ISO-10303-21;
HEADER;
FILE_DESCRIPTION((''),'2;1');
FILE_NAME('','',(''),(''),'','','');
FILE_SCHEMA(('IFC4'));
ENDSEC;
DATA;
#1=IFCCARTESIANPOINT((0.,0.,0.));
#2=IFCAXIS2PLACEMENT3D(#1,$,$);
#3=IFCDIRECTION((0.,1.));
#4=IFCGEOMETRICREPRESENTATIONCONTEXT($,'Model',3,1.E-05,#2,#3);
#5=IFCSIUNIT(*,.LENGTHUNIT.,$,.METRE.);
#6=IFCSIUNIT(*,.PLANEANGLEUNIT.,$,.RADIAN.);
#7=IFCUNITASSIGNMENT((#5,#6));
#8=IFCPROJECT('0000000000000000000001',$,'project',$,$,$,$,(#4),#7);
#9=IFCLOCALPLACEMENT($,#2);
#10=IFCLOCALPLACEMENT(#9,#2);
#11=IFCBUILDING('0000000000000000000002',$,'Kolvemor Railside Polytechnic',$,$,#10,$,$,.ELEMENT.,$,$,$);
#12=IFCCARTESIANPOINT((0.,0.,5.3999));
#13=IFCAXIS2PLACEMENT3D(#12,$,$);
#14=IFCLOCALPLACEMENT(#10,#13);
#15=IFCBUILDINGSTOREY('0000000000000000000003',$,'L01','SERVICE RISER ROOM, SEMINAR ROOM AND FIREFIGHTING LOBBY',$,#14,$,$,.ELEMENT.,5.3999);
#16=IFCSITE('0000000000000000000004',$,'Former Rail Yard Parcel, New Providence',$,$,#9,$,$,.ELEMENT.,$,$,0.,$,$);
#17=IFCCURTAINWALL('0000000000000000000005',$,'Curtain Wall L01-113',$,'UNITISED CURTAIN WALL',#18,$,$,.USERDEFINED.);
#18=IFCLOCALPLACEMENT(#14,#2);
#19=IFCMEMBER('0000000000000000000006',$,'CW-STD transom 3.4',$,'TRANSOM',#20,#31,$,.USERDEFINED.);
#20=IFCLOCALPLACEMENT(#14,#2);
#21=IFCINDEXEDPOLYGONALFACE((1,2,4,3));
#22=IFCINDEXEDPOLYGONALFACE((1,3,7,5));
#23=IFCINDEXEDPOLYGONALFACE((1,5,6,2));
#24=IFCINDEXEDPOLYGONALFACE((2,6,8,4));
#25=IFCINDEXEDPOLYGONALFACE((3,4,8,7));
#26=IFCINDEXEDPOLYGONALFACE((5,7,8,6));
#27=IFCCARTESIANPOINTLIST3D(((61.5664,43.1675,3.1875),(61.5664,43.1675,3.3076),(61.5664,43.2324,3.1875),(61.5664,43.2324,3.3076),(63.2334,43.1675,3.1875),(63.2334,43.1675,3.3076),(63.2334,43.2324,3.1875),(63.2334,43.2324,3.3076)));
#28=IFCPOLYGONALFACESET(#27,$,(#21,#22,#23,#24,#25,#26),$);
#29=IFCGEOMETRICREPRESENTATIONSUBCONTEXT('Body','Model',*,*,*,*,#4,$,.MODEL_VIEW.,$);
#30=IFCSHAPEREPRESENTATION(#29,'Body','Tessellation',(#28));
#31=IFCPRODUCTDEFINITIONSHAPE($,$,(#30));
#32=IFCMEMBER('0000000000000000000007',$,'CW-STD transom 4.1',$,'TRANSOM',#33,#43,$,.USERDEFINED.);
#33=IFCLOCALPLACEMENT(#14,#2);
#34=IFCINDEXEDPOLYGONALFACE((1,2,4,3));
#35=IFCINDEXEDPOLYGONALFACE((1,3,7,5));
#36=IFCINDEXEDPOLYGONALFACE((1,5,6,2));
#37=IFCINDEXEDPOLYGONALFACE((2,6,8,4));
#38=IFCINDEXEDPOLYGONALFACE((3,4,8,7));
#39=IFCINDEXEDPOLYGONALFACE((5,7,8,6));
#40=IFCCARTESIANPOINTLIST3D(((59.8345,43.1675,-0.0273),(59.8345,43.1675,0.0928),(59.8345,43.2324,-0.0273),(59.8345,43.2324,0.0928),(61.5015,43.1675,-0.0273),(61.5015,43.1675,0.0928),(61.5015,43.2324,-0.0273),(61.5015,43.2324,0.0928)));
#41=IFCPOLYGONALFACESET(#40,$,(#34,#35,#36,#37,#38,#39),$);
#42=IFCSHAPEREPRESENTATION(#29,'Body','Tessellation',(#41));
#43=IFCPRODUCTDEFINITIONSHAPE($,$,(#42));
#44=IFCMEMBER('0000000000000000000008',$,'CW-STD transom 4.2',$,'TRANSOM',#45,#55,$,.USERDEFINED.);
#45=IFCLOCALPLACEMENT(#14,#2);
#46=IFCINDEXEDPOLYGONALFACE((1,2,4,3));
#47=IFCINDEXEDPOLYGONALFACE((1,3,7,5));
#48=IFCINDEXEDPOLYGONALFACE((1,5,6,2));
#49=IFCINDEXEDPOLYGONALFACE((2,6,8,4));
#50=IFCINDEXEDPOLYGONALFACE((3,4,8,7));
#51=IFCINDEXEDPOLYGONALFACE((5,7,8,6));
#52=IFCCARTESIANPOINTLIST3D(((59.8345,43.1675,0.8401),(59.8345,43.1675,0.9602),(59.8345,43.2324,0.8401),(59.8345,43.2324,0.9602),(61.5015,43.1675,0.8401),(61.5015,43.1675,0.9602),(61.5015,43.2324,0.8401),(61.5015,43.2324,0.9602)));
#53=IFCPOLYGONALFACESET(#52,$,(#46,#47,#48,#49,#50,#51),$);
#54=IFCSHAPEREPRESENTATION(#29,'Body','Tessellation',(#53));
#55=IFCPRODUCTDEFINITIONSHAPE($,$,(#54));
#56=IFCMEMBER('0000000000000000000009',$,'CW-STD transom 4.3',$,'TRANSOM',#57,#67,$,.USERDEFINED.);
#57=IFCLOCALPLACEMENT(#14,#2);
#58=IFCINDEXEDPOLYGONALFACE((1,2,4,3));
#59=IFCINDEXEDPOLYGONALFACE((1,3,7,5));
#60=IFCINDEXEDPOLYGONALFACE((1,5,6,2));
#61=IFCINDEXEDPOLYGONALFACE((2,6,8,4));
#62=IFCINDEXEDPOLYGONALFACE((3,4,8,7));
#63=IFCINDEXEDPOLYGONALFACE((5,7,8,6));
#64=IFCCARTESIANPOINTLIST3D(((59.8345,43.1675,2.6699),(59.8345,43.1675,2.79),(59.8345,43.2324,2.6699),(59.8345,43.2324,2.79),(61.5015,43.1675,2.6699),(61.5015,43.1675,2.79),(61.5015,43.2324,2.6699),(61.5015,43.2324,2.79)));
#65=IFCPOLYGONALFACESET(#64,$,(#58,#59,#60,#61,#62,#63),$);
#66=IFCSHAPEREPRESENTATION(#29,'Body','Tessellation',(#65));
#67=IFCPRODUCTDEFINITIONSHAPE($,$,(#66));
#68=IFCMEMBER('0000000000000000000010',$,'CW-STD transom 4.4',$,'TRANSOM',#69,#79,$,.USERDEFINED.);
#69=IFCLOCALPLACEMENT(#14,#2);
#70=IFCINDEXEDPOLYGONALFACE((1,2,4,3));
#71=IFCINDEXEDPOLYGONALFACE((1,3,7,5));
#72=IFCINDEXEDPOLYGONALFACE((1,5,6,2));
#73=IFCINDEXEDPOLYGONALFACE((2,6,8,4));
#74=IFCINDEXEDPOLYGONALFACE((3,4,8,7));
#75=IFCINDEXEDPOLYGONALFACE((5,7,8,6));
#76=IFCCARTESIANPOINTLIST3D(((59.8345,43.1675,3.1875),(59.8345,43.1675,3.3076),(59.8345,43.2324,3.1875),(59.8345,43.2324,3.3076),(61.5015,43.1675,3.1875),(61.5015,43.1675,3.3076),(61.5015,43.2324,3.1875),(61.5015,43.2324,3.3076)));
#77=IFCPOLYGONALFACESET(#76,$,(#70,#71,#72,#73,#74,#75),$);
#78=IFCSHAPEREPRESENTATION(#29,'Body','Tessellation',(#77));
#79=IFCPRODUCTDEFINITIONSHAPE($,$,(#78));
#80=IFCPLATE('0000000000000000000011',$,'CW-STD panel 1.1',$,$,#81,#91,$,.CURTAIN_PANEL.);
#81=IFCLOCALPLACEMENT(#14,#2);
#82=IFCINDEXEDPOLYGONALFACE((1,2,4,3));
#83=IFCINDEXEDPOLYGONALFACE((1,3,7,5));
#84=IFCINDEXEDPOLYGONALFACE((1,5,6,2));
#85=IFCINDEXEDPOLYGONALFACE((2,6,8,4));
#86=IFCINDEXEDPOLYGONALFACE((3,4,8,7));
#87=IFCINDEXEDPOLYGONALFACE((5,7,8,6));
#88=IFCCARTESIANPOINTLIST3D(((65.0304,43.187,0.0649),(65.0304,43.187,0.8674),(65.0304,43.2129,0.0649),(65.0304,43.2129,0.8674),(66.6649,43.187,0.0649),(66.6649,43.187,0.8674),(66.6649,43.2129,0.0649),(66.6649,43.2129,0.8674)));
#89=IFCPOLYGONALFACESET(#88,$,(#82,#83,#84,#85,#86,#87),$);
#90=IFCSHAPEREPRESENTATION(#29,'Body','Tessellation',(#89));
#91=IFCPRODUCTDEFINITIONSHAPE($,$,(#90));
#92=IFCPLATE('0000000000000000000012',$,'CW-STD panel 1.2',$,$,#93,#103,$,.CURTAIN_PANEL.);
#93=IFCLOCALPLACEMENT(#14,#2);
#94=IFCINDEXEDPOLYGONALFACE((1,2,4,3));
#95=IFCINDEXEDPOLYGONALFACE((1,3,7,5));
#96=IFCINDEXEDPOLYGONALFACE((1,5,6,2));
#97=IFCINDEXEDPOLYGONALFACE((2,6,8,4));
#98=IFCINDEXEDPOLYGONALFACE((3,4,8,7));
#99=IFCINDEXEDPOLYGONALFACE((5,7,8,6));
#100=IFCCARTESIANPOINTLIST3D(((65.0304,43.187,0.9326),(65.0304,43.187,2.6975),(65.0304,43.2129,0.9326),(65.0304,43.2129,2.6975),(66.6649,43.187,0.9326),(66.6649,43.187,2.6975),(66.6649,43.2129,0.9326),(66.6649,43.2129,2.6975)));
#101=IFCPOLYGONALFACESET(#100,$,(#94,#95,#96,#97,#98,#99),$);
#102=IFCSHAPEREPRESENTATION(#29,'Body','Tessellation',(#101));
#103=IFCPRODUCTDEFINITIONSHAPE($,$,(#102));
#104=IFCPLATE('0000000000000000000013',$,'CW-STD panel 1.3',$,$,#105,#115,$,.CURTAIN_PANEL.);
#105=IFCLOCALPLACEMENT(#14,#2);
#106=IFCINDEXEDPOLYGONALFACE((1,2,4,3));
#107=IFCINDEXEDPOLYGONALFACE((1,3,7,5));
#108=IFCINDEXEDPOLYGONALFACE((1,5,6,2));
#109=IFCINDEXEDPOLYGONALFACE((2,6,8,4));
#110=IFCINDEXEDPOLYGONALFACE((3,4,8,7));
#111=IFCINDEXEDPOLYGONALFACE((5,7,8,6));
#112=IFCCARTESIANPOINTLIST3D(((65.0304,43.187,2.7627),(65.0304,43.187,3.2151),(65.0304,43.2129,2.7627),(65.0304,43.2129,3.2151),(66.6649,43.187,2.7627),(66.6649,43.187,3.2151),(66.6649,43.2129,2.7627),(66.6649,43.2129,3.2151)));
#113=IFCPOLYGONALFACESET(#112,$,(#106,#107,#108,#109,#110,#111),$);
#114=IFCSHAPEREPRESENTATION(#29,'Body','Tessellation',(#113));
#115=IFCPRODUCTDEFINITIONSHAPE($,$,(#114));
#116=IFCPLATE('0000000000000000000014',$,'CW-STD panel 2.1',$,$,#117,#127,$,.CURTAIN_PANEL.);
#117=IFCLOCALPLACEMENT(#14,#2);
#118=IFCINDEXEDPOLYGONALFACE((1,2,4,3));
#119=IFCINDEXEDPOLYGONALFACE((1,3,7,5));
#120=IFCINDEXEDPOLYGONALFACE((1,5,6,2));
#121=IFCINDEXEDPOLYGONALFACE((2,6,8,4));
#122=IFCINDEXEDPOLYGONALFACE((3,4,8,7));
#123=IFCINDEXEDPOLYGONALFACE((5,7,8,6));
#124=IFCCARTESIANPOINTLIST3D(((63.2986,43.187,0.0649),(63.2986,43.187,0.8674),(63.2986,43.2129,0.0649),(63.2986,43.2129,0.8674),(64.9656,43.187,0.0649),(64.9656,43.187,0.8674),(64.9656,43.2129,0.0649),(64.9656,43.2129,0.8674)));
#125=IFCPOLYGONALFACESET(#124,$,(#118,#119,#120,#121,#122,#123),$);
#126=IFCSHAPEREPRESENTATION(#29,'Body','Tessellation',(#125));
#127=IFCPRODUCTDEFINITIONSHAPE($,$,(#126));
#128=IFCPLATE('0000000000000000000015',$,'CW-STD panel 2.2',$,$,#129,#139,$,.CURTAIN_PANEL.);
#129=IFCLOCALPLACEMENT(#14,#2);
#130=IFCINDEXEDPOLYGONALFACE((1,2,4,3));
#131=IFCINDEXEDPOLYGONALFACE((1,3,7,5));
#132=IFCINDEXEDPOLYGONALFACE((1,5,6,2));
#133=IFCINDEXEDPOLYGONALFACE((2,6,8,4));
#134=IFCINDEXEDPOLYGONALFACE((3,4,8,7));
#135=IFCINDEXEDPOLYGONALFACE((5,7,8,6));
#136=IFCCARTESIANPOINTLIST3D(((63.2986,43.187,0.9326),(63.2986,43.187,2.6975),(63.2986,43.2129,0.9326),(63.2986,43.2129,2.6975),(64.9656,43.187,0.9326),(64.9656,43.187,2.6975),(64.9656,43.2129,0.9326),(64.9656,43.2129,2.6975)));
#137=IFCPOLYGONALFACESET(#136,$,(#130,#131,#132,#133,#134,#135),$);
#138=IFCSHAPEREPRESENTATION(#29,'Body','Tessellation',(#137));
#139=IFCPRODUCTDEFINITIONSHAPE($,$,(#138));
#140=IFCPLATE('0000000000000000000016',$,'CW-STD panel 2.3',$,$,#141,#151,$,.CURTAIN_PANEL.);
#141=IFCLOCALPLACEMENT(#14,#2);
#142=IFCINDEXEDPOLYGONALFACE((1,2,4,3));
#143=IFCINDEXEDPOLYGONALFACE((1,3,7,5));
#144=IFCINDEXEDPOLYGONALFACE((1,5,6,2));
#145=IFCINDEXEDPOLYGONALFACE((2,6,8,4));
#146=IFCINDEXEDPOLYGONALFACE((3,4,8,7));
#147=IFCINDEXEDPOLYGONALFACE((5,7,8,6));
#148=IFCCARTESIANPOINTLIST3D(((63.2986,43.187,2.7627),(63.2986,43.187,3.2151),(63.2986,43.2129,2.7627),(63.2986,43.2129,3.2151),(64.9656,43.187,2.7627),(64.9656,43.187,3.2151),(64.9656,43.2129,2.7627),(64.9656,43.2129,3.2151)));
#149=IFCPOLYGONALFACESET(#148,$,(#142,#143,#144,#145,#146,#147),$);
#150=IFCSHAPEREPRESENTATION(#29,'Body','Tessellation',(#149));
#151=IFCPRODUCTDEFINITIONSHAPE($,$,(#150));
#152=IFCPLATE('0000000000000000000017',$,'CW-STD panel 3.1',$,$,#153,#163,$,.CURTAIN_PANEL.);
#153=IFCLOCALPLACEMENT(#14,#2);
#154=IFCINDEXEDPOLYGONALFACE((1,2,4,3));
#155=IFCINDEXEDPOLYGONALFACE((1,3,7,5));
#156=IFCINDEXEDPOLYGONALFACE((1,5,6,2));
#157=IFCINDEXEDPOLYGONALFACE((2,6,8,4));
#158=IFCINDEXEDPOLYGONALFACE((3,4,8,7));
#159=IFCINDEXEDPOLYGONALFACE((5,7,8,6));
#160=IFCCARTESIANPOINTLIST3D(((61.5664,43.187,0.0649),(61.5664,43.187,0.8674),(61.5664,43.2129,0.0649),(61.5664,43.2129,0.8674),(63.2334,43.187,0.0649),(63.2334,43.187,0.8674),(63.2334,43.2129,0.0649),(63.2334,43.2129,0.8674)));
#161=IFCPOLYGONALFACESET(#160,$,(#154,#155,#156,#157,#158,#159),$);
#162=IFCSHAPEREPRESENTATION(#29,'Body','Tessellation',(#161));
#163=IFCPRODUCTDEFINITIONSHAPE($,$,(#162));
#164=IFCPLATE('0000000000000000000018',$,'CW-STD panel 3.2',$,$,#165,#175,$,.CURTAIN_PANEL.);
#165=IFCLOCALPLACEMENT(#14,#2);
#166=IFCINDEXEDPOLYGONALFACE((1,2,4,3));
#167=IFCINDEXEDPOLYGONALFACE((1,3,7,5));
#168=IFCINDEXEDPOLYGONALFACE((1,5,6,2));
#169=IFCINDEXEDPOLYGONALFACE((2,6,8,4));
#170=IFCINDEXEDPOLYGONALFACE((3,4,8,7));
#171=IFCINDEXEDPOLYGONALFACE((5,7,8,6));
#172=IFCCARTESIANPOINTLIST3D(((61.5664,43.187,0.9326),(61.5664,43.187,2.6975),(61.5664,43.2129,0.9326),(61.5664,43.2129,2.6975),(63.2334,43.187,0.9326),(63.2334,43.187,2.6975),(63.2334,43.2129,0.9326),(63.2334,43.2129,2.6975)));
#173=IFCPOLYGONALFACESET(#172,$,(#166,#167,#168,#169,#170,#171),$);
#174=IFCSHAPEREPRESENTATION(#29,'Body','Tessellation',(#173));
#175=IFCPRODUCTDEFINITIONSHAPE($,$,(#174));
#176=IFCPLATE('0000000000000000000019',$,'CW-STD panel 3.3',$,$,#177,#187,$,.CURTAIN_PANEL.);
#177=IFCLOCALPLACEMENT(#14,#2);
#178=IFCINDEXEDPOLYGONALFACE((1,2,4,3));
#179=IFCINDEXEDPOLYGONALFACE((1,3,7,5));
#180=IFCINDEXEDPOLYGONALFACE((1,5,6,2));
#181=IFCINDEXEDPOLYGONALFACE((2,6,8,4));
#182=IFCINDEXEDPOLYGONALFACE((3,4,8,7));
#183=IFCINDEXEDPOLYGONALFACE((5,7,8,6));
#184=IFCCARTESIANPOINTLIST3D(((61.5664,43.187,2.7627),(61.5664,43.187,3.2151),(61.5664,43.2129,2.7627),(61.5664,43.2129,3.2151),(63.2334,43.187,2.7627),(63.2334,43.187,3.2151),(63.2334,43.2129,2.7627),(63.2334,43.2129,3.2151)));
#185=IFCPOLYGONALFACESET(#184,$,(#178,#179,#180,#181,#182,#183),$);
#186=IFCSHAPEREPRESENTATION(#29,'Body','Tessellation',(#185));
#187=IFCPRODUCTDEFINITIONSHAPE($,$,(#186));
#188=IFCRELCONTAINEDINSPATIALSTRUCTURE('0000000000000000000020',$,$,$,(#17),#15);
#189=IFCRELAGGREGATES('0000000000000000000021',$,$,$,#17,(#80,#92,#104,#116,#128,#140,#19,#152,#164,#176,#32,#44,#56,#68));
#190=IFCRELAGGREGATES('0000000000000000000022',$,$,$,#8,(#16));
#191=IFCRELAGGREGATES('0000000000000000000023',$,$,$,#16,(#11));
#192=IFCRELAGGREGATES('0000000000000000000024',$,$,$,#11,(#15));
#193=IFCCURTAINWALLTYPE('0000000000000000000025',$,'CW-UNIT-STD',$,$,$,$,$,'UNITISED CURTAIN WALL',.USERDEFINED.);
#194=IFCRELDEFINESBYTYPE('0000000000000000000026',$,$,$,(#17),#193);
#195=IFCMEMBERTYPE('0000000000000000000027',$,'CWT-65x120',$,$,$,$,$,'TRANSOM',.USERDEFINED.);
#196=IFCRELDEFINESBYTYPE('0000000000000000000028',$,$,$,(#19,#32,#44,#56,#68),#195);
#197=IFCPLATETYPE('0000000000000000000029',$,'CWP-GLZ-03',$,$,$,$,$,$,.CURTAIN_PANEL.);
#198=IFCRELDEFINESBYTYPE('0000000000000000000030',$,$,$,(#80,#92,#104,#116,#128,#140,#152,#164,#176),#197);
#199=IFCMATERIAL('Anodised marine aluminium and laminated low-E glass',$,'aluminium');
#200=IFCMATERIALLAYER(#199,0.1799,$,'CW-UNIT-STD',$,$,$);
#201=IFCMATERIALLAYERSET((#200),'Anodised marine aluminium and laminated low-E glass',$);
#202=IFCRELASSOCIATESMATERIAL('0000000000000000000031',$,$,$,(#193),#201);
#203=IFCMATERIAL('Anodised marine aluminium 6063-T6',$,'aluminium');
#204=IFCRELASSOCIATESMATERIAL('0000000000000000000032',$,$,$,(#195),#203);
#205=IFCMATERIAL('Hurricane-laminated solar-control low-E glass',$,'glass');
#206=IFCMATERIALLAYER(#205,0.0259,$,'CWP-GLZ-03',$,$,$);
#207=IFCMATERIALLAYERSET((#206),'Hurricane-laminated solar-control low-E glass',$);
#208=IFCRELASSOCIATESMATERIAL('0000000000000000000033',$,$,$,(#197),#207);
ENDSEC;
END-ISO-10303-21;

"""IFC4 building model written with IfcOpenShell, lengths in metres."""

from ifc_helpers import new_model, si_unit, direction, frame, origin, origin_2d, place, context, subcontext, project, spatial, rectangle, extrude, material, layer, layer_set, material_profile, profile_set, type_object, element, aggregate, save


model = new_model("IFC4")

# Units and contexts
model_context = context("Model", 3, precision=1e-05, world=origin(), true_north=direction((0.0, 1.0)))
body_context = subcontext(model_context, "Body", "Model", "MODEL_VIEW")
ifc_project = project(units=[si_unit("LENGTHUNIT", "METRE"), si_unit("PLANEANGLEUNIT", "RADIAN")], contexts=[model_context])

# Site, building, storey
site_placement = place(None, origin())
site = spatial("IfcSite", under=ifc_project, at=site_placement, Name="Former Rail Yard Parcel, New Providence", CompositionType="ELEMENT", RefElevation=0.0)
building_placement = place(site_placement, origin())
building = spatial("IfcBuilding", under=site, at=building_placement, Name="Kolvemor Railside Polytechnic", CompositionType="ELEMENT")
storey_placement = place(building_placement, frame((0.0, 0.0, 5.3999)))
storey = spatial("IfcBuildingStorey", under=building, at=storey_placement, Name="L01", Description="SERVICE RISER ROOM, SEMINAR ROOM AND FIREFIGHTING LOBBY", CompositionType="ELEMENT", Elevation=5.3999)

# Curtain wall, members, plates
ifc_material_1 = material(Name="Anodised marine aluminium and laminated low-E glass", Category="aluminium")
ifc_layer_1 = layer(ifc_material_1, 0.1799, Name="CW-UNIT-STD")
ifc_layer_set_1 = layer_set([ifc_layer_1], Name="Anodised marine aluminium and laminated low-E glass")
curtain_wall_type = type_object("IfcCurtainWallType", Name="CW-UNIT-STD", ElementType="UNITISED CURTAIN WALL", PredefinedType="USERDEFINED", material=ifc_layer_set_1)
curtain_wall_placement = place(storey_placement, origin())
curtain_wall = element("IfcCurtainWall", 1, at=curtain_wall_placement, inside=storey, type_object=curtain_wall_type, Name="Curtain Wall L01-113", ObjectType="UNITISED CURTAIN WALL", PredefinedType="USERDEFINED")
ifc_material_2 = material(Name="Anodised marine aluminium 6063-T6", Category="aluminium")
ifc_material_profile_1 = material_profile(ifc_material_2, rectangle(XDim=0.0649, YDim=0.1201, at=origin_2d()), Name="CW-TRN-65x120")
ifc_profile_set_1 = profile_set([ifc_material_profile_1], Name="Anodised marine aluminium 6063-T6")
member_type_1 = type_object("IfcMemberType", Name="CWT-65x120", ElementType="TRANSOM", PredefinedType="USERDEFINED", material=ifc_profile_set_1)
member_1_placement = place(storey_placement, frame((63.2334, 43.2, 3.2476), z_axis=(-1.0, 0.0, 0.0), x_axis=(0.0, -1.0, 0.0)))
member_1 = element("IfcMember", 2, at=member_1_placement, type_object=member_type_1, Name="CW-STD transom 3.4", ObjectType="TRANSOM", PredefinedType="USERDEFINED", context=body_context, shape_type="SweptSolid", body=[
    extrude(rectangle(XDim=0.0649, YDim=0.1201, at=origin_2d()), origin(), (0.0, 0.0, 1.0), 1.667),
])
member_2_placement = place(storey_placement, frame((61.5015, 43.2, 0.0327), z_axis=(-1.0, 0.0, 0.0), x_axis=(0.0, -1.0, 0.0)))
member_2 = element("IfcMember", 3, at=member_2_placement, type_object=member_type_1, Name="CW-STD transom 4.1", ObjectType="TRANSOM", PredefinedType="USERDEFINED", context=body_context, shape_type="SweptSolid", body=[
    extrude(rectangle(XDim=0.0649, YDim=0.1201, at=origin_2d()), origin(), (0.0, 0.0, 1.0), 1.667),
])
member_3_placement = place(storey_placement, frame((61.5015, 43.2, 0.9001), z_axis=(-1.0, 0.0, 0.0), x_axis=(0.0, -1.0, 0.0)))
member_3 = element("IfcMember", 4, at=member_3_placement, type_object=member_type_1, Name="CW-STD transom 4.2", ObjectType="TRANSOM", PredefinedType="USERDEFINED", context=body_context, shape_type="SweptSolid", body=[
    extrude(rectangle(XDim=0.0649, YDim=0.1201, at=origin_2d()), origin(), (0.0, 0.0, 1.0), 1.667),
])
member_4_placement = place(storey_placement, frame((61.5015, 43.2, 2.73), z_axis=(-1.0, 0.0, 0.0), x_axis=(0.0, -1.0, 0.0)))
member_4 = element("IfcMember", 5, at=member_4_placement, type_object=member_type_1, Name="CW-STD transom 4.3", ObjectType="TRANSOM", PredefinedType="USERDEFINED", context=body_context, shape_type="SweptSolid", body=[
    extrude(rectangle(XDim=0.0649, YDim=0.1201, at=origin_2d()), origin(), (0.0, 0.0, 1.0), 1.667),
])
member_5_placement = place(storey_placement, frame((61.5015, 43.2, 3.2476), z_axis=(-1.0, 0.0, 0.0), x_axis=(0.0, -1.0, 0.0)))
member_5 = element("IfcMember", 6, at=member_5_placement, type_object=member_type_1, Name="CW-STD transom 4.4", ObjectType="TRANSOM", PredefinedType="USERDEFINED", context=body_context, shape_type="SweptSolid", body=[
    extrude(rectangle(XDim=0.0649, YDim=0.1201, at=origin_2d()), origin(), (0.0, 0.0, 1.0), 1.667),
])
ifc_material_3 = material(Name="Hurricane-laminated solar-control low-E glass", Category="glass")
ifc_layer_2 = layer(ifc_material_3, 0.0259, Name="CWP-GLZ-03")
ifc_layer_set_2 = layer_set([ifc_layer_2], Name="Hurricane-laminated solar-control low-E glass")
plate_type = type_object("IfcPlateType", Name="CWP-GLZ-03", PredefinedType="CURTAIN_PANEL", material=ifc_layer_set_2)
plate_1_placement = place(storey_placement, frame((65.8477, 43.2, 0.0649), z_axis=(0.0, 0.0, 1.0), x_axis=(-1.0, 0.0, 0.0)))
plate_1 = element("IfcPlate", 7, at=plate_1_placement, type_object=plate_type, Name="CW-STD panel 1.1", PredefinedType="CURTAIN_PANEL", context=body_context, shape_type="SweptSolid", body=[
    extrude(rectangle(XDim=1.6345, YDim=0.0259, at=origin_2d()), origin(), (0.0, 0.0, 1.0), 0.8025),
])
plate_2_placement = place(storey_placement, frame((65.8477, 43.2, 0.9326), z_axis=(0.0, 0.0, 1.0), x_axis=(-1.0, 0.0, 0.0)))
plate_2 = element("IfcPlate", 8, at=plate_2_placement, type_object=plate_type, Name="CW-STD panel 1.2", PredefinedType="CURTAIN_PANEL", context=body_context, shape_type="SweptSolid", body=[
    extrude(rectangle(XDim=1.6345, YDim=0.0259, at=origin_2d()), origin(), (0.0, 0.0, 1.0), 1.7649),
])
plate_3_placement = place(storey_placement, frame((65.8477, 43.2, 2.7627), z_axis=(0.0, 0.0, 1.0), x_axis=(-1.0, 0.0, 0.0)))
plate_3 = element("IfcPlate", 9, at=plate_3_placement, type_object=plate_type, Name="CW-STD panel 1.3", PredefinedType="CURTAIN_PANEL", context=body_context, shape_type="SweptSolid", body=[
    extrude(rectangle(XDim=1.6345, YDim=0.0259, at=origin_2d()), origin(), (0.0, 0.0, 1.0), 0.4524),
])
plate_4_placement = place(storey_placement, frame((64.1321, 43.2, 0.0649), z_axis=(0.0, 0.0, 1.0), x_axis=(-1.0, 0.0, 0.0)))
plate_4 = element("IfcPlate", 10, at=plate_4_placement, type_object=plate_type, Name="CW-STD panel 2.1", PredefinedType="CURTAIN_PANEL", context=body_context, shape_type="SweptSolid", body=[
    extrude(rectangle(XDim=1.667, YDim=0.0259, at=origin_2d()), origin(), (0.0, 0.0, 1.0), 0.8025),
])
plate_5_placement = place(storey_placement, frame((64.1321, 43.2, 0.9326), z_axis=(0.0, 0.0, 1.0), x_axis=(-1.0, 0.0, 0.0)))
plate_5 = element("IfcPlate", 11, at=plate_5_placement, type_object=plate_type, Name="CW-STD panel 2.2", PredefinedType="CURTAIN_PANEL", context=body_context, shape_type="SweptSolid", body=[
    extrude(rectangle(XDim=1.667, YDim=0.0259, at=origin_2d()), origin(), (0.0, 0.0, 1.0), 1.7649),
])
plate_6_placement = place(storey_placement, frame((64.1321, 43.2, 2.7627), z_axis=(0.0, 0.0, 1.0), x_axis=(-1.0, 0.0, 0.0)))
plate_6 = element("IfcPlate", 12, at=plate_6_placement, type_object=plate_type, Name="CW-STD panel 2.3", PredefinedType="CURTAIN_PANEL", context=body_context, shape_type="SweptSolid", body=[
    extrude(rectangle(XDim=1.667, YDim=0.0259, at=origin_2d()), origin(), (0.0, 0.0, 1.0), 0.4524),
])
plate_7_placement = place(storey_placement, frame((62.3999, 43.2, 0.0649), z_axis=(0.0, 0.0, 1.0), x_axis=(-1.0, 0.0, 0.0)))
plate_7 = element("IfcPlate", 13, at=plate_7_placement, type_object=plate_type, Name="CW-STD panel 3.1", PredefinedType="CURTAIN_PANEL", context=body_context, shape_type="SweptSolid", body=[
    extrude(rectangle(XDim=1.667, YDim=0.0259, at=origin_2d()), origin(), (0.0, 0.0, 1.0), 0.8025),
])
plate_8_placement = place(storey_placement, frame((62.3999, 43.2, 0.9326), z_axis=(0.0, 0.0, 1.0), x_axis=(-1.0, 0.0, 0.0)))
plate_8 = element("IfcPlate", 14, at=plate_8_placement, type_object=plate_type, Name="CW-STD panel 3.2", PredefinedType="CURTAIN_PANEL", context=body_context, shape_type="SweptSolid", body=[
    extrude(rectangle(XDim=1.667, YDim=0.0259, at=origin_2d()), origin(), (0.0, 0.0, 1.0), 1.7649),
])
plate_9_placement = place(storey_placement, frame((62.3999, 43.2, 2.7627), z_axis=(0.0, 0.0, 1.0), x_axis=(-1.0, 0.0, 0.0)))
plate_9 = element("IfcPlate", 15, at=plate_9_placement, type_object=plate_type, Name="CW-STD panel 3.3", PredefinedType="CURTAIN_PANEL", context=body_context, shape_type="SweptSolid", body=[
    extrude(rectangle(XDim=1.667, YDim=0.0259, at=origin_2d()), origin(), (0.0, 0.0, 1.0), 0.4524),
])
aggregate(curtain_wall, [plate_1, plate_2, plate_3, plate_4, plate_5, plate_6, member_1, plate_7, plate_8, plate_9, member_2, member_3, member_4, member_5])

save(model, "model.ifc")
